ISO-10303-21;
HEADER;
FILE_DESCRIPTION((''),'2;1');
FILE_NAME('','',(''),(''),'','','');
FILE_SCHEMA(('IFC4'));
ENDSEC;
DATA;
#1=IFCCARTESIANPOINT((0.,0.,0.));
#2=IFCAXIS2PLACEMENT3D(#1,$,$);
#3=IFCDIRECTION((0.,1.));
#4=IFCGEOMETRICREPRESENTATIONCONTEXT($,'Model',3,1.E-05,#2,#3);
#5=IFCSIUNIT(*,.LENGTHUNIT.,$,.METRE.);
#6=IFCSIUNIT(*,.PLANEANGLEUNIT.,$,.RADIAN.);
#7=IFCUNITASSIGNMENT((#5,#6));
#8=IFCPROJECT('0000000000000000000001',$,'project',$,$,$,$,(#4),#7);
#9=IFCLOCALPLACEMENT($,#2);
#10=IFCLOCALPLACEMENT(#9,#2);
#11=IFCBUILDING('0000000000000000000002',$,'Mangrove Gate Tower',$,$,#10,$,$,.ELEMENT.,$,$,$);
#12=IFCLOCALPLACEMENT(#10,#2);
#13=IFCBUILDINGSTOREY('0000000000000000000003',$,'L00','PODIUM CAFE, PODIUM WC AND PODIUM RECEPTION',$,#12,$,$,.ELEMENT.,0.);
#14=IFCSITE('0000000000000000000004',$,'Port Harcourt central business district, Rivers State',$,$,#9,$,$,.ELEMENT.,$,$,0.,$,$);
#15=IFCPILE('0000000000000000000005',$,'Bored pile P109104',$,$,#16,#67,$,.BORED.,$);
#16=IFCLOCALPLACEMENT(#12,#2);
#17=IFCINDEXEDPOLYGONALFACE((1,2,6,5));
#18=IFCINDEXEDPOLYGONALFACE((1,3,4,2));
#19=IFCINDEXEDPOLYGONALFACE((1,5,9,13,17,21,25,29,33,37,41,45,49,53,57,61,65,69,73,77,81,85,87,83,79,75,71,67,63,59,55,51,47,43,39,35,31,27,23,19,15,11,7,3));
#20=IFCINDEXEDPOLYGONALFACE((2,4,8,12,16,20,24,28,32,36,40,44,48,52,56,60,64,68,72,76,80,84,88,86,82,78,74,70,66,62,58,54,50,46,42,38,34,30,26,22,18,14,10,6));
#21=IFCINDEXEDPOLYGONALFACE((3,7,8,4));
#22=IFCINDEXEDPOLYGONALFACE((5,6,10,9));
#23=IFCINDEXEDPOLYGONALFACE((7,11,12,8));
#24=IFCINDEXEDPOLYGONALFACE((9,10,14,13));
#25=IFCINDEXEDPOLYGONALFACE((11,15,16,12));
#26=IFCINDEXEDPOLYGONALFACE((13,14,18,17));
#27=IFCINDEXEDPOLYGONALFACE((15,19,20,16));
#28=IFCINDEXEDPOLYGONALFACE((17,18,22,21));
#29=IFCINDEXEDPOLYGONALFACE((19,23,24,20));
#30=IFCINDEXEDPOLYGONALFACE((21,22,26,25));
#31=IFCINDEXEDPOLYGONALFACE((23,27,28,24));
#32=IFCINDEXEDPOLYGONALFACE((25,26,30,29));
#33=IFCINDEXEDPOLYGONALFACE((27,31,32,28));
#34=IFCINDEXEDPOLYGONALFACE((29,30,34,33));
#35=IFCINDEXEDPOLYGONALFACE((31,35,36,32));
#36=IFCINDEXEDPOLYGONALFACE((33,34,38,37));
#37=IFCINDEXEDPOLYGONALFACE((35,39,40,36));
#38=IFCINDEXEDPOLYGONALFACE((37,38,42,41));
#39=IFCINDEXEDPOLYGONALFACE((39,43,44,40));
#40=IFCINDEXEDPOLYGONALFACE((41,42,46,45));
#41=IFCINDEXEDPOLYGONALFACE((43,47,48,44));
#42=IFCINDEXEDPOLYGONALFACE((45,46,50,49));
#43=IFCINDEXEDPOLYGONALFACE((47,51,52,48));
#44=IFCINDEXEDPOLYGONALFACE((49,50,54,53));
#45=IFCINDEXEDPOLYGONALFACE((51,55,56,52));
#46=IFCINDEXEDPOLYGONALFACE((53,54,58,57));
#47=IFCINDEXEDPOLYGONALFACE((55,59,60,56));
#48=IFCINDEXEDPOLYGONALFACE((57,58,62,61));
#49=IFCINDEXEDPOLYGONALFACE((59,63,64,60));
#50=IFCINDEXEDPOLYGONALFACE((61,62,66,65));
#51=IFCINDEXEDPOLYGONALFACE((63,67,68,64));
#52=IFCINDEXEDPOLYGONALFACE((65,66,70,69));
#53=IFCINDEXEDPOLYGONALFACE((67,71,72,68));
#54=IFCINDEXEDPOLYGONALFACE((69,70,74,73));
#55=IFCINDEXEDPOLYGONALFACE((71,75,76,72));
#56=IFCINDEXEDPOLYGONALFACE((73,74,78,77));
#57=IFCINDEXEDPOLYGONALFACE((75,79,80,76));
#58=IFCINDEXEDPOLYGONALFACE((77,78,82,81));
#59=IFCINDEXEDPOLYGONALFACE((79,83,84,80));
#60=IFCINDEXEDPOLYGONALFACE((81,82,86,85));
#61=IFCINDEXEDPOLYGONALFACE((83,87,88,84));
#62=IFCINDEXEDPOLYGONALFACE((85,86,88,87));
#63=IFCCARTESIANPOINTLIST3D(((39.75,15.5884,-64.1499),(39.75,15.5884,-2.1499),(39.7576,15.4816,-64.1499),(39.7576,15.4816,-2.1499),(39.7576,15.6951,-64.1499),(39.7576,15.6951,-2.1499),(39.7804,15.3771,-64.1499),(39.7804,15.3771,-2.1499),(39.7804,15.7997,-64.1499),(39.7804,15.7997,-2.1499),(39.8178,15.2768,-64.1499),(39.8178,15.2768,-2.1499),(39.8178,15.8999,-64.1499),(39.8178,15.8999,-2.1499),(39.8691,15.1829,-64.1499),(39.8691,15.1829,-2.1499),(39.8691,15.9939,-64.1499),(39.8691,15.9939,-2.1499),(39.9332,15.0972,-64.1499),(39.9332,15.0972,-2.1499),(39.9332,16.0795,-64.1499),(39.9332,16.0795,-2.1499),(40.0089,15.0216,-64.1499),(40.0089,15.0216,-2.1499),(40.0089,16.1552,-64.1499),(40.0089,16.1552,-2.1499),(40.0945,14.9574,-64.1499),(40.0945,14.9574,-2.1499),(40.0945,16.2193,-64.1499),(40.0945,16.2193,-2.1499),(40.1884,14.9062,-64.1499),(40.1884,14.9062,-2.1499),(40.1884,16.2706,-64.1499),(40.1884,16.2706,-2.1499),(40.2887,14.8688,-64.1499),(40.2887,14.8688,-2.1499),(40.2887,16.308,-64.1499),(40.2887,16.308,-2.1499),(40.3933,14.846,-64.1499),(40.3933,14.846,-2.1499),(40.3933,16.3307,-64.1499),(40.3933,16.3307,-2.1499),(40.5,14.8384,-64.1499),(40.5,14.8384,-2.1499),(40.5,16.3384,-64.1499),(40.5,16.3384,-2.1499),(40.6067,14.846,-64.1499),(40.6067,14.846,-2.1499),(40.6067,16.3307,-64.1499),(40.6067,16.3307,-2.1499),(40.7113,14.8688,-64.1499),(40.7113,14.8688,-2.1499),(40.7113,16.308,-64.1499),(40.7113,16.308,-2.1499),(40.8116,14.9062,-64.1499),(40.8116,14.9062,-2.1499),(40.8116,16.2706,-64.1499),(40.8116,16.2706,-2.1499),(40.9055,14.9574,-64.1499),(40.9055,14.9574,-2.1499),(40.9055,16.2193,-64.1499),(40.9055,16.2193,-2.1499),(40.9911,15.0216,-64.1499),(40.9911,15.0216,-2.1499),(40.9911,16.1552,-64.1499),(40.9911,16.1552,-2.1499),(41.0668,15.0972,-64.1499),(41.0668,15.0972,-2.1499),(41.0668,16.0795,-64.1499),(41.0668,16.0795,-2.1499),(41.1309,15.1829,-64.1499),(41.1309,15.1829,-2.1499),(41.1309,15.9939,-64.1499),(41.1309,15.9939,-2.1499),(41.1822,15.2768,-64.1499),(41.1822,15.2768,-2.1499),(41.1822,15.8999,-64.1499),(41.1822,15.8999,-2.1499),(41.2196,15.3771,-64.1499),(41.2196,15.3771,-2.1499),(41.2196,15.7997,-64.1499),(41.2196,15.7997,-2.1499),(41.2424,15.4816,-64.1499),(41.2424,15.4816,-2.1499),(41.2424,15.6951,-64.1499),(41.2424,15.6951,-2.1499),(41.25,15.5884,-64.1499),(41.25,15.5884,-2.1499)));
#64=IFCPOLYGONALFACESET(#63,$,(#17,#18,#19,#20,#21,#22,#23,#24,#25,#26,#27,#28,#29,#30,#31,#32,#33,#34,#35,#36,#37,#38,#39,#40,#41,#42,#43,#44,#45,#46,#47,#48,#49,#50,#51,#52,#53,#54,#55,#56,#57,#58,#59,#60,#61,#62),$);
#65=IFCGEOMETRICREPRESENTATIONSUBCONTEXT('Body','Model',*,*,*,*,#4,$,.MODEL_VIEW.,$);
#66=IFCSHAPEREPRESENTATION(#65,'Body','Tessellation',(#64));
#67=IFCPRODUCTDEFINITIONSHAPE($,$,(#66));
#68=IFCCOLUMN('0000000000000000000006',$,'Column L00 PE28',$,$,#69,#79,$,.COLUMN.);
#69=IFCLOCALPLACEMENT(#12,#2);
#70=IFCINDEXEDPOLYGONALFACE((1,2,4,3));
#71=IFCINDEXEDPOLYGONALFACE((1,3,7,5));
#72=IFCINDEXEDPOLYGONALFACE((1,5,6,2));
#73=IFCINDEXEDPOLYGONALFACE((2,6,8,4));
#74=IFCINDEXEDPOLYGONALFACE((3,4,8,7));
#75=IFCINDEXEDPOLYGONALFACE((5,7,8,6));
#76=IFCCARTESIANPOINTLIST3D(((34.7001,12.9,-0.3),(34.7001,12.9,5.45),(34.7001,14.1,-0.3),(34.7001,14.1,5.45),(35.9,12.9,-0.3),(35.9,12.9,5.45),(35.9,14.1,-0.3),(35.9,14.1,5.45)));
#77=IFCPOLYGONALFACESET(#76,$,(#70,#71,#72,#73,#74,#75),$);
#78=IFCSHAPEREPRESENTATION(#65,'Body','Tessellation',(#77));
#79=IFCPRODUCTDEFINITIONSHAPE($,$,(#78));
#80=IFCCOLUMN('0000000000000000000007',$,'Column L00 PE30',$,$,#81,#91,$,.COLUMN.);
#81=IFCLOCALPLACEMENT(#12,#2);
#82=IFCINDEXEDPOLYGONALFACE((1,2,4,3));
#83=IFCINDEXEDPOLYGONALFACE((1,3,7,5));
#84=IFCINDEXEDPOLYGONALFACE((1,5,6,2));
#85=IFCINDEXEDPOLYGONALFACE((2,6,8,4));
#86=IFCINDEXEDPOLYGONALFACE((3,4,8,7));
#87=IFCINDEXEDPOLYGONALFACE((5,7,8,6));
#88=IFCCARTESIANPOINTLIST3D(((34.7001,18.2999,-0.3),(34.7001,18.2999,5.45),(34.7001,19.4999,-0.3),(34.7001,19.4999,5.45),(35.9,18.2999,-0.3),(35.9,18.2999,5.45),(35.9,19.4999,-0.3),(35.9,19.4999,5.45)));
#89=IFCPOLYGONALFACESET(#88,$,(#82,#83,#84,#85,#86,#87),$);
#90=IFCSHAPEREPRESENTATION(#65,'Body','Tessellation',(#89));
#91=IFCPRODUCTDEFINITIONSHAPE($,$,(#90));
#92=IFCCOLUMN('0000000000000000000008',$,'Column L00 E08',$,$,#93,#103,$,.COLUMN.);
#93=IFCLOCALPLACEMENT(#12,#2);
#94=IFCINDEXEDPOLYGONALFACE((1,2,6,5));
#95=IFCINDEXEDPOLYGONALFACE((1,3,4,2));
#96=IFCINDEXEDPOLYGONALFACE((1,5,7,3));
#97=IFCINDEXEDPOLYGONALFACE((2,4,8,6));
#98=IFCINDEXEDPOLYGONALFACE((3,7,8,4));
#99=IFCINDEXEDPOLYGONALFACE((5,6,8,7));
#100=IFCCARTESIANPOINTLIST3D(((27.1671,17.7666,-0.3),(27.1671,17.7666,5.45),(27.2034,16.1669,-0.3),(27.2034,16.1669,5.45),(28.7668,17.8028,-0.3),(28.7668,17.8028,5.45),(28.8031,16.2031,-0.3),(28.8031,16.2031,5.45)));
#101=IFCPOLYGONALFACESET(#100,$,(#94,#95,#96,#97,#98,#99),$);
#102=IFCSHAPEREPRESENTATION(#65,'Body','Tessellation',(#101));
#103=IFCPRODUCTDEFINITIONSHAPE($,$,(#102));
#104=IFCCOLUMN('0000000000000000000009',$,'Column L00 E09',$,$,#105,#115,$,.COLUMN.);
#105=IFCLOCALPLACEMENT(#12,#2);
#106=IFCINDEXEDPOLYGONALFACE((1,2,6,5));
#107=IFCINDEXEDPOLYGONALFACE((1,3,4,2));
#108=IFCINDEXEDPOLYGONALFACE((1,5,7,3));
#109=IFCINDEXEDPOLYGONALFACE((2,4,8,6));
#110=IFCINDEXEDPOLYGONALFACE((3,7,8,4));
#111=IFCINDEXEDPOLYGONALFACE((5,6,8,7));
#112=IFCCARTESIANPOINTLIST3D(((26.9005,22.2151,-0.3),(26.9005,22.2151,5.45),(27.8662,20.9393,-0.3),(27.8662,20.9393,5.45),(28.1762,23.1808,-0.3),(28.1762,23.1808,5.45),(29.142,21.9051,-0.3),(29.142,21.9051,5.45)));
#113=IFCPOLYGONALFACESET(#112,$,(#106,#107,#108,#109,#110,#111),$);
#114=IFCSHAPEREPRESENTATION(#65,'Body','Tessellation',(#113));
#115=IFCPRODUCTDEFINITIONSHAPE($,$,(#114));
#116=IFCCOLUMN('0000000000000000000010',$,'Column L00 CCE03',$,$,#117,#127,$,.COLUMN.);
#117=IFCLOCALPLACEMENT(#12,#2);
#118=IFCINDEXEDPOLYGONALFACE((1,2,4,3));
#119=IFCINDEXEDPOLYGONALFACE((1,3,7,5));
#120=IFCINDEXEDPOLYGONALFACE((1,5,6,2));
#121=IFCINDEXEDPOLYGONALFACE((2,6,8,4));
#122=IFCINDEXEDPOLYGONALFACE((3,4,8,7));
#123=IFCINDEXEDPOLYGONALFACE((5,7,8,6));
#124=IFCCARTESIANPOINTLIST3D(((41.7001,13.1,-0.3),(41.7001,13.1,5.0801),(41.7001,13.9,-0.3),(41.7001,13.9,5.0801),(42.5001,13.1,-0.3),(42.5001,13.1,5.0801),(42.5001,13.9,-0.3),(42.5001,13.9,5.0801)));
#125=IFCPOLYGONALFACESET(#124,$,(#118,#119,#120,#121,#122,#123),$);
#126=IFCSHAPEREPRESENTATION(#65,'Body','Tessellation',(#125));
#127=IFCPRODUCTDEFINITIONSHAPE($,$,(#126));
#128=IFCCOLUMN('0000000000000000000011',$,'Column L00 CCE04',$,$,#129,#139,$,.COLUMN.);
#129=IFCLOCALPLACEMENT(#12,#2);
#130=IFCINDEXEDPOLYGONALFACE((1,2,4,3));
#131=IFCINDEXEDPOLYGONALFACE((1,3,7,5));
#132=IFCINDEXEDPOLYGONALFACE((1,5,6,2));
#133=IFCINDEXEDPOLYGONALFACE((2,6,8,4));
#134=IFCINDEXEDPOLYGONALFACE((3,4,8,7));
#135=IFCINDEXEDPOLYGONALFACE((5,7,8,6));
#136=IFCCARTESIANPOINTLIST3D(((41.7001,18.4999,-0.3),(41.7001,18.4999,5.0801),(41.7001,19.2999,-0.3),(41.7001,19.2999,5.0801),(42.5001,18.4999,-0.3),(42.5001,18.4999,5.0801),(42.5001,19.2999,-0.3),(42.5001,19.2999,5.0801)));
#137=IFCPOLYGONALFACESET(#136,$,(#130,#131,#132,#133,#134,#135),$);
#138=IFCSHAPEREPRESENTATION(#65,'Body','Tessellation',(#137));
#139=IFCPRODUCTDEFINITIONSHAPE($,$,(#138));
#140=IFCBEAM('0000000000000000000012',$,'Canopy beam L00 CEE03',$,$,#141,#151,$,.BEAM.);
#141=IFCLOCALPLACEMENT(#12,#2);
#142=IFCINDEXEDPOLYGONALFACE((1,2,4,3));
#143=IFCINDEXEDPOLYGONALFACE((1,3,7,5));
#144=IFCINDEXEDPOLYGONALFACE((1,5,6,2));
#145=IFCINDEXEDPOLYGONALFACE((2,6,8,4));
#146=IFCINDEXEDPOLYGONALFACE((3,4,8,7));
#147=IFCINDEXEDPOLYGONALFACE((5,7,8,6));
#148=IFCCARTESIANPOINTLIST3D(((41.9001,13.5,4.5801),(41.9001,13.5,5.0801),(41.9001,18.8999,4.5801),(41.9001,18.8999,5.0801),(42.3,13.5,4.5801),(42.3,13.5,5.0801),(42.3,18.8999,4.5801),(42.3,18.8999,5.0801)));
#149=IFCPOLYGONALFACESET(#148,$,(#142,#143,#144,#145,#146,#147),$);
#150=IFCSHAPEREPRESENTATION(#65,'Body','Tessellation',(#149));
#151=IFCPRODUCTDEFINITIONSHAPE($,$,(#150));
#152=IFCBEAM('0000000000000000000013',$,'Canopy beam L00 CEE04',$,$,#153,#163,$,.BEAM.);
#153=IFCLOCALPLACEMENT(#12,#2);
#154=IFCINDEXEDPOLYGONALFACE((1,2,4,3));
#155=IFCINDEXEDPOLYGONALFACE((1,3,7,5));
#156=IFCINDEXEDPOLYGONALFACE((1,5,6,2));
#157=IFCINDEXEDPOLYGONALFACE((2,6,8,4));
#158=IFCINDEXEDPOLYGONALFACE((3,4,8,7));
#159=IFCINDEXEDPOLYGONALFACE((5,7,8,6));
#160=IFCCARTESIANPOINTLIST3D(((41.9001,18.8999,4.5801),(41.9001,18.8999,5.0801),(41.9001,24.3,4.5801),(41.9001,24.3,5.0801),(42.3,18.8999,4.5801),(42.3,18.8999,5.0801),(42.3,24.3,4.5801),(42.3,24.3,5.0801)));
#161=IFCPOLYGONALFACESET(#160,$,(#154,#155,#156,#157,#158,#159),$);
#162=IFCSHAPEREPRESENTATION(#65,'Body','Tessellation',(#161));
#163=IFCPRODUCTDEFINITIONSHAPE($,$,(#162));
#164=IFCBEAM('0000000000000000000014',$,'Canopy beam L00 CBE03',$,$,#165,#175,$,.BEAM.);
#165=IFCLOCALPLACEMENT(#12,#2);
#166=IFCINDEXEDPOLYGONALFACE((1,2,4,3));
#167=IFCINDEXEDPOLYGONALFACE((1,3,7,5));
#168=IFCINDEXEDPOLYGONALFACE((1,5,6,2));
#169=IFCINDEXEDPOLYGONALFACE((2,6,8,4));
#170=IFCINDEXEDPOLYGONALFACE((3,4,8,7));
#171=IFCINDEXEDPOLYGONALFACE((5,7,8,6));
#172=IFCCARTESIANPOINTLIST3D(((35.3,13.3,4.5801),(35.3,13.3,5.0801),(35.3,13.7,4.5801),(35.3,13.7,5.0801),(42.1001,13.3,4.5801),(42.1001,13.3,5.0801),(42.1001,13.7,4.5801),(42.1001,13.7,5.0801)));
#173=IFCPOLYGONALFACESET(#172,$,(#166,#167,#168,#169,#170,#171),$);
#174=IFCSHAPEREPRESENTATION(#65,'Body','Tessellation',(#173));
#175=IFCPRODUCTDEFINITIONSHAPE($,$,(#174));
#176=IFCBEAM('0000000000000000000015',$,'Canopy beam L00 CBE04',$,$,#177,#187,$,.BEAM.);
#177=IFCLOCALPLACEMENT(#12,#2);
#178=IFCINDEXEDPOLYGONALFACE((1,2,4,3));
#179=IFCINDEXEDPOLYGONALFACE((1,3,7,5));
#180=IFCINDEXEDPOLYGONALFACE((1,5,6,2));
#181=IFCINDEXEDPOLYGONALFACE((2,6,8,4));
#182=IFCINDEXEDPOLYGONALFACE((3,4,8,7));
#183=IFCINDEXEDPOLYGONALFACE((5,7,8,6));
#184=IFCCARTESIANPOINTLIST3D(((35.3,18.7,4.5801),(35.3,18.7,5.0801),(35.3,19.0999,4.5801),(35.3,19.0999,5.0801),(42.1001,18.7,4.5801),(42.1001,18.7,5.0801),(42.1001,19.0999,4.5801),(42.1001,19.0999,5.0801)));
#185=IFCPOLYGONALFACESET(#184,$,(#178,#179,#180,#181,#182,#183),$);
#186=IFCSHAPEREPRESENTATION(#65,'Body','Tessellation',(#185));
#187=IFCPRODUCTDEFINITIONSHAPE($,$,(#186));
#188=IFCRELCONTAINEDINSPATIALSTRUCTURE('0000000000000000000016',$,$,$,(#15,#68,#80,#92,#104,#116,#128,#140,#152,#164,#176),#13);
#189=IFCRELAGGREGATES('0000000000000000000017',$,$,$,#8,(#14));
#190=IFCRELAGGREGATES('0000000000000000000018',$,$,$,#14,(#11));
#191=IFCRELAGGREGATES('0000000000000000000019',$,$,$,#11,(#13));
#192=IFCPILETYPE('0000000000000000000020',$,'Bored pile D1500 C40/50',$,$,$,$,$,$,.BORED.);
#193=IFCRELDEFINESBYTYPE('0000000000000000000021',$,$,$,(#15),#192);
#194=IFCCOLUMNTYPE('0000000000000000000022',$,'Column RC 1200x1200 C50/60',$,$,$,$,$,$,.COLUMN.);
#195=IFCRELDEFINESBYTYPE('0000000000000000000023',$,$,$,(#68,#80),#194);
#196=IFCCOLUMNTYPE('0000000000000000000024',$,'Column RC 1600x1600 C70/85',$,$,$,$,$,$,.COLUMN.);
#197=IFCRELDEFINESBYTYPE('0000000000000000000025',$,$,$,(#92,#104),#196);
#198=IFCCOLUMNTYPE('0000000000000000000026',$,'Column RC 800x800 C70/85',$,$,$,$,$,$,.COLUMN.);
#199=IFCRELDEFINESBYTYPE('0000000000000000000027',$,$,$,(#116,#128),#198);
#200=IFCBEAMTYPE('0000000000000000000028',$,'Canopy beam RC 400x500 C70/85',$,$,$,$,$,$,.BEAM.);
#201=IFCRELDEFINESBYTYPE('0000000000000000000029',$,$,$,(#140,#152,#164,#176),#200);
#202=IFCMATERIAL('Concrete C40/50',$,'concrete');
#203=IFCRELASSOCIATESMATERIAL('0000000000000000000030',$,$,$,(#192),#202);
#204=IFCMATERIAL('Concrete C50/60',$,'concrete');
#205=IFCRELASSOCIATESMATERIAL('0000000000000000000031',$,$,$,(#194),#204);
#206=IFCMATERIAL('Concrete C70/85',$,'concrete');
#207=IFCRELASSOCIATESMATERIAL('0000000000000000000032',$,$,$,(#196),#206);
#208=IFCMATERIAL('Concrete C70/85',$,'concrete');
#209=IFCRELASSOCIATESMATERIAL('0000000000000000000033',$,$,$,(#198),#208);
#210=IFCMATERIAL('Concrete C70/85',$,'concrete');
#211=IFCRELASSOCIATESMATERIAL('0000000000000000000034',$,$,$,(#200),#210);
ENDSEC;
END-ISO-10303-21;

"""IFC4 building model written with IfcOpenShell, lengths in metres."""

from ifc_helpers import new_model, si_unit, direction, frame, origin, origin_2d, place, context, subcontext, project, spatial, rectangle, circle, extrude, material, material_profile, profile_set, type_object, element, save


model = new_model("IFC4")

# Units and contexts
model_context = context("Model", 3, precision=1e-05, world=origin(), true_north=direction((0.0, 1.0)))
body_context = subcontext(model_context, "Body", "Model", "MODEL_VIEW")
ifc_project = project(units=[si_unit("LENGTHUNIT", "METRE"), si_unit("PLANEANGLEUNIT", "RADIAN")], contexts=[model_context])

# Site, building, storey
site_placement = place(None, origin())
site = spatial("IfcSite", under=ifc_project, at=site_placement, Name="Port Harcourt central business district, Rivers State", CompositionType="ELEMENT", RefElevation=0.0)
building_placement = place(site_placement, origin())
building = spatial("IfcBuilding", under=site, at=building_placement, Name="Mangrove Gate Tower", CompositionType="ELEMENT")
storey_placement = place(building_placement, origin())
storey = spatial("IfcBuildingStorey", under=building, at=storey_placement, Name="L00", Description="PODIUM CAFE, PODIUM WC AND PODIUM RECEPTION", CompositionType="ELEMENT", Elevation=0.0)

# Pile
ifc_material_1 = material(Name="Concrete C40/50", Category="concrete")
ifc_material_profile_1 = material_profile(ifc_material_1, circle(Radius=0.75, at=origin_2d()))
ifc_profile_set_1 = profile_set([ifc_material_profile_1], Name="Concrete C40/50")
pile_type = type_object("IfcPileType", Name="Bored pile D1500 C40/50", PredefinedType="BORED", material=ifc_profile_set_1)
for number, where, z_axis, x_axis, name in (
    (1, (40.5, 15.5884, -2.1499), (0.0, 0.0, -1.0), (1.0, 0.0, 0.0), "Bored pile P109104"),
):
    element("IfcPile", number, at=place(storey_placement, frame(where, z_axis=z_axis, x_axis=x_axis)), inside=storey, type_object=pile_type, Name=name, PredefinedType="BORED", context=body_context, shape_type="SweptSolid", body=[
        extrude(circle(Radius=0.75, at=origin_2d()), origin(), (0.0, 0.0, 1.0), 62.0),
    ])

# Columns
ifc_material_2 = material(Name="Concrete C50/60", Category="concrete")
ifc_material_profile_2 = material_profile(ifc_material_2, rectangle(XDim=1.2, YDim=1.2, at=origin_2d()))
ifc_profile_set_2 = profile_set([ifc_material_profile_2], Name="Concrete C50/60")
column_type_1 = type_object("IfcColumnType", Name="Column RC 1200x1200 C50/60", PredefinedType="COLUMN", material=ifc_profile_set_2)
for number, where, z_axis, x_axis, name in (
    (2, (35.3, 13.5, -0.3), (0.0, 0.0, 1.0), (1.0, 0.0, 0.0), "Column L00 PE28"),
    (3, (35.3, 18.8999, -0.3), (0.0, 0.0, 1.0), (1.0, 0.0, 0.0), "Column L00 PE30"),
):
    element("IfcColumn", number, at=place(storey_placement, frame(where, z_axis=z_axis, x_axis=x_axis)), inside=storey, type_object=column_type_1, Name=name, PredefinedType="COLUMN", context=body_context, shape_type="SweptSolid", body=[
        extrude(rectangle(XDim=1.2, YDim=1.2, at=origin_2d()), origin(), (0.0, 0.0, 1.0), 5.75),
    ])
ifc_material_3 = material(Name="Concrete C70/85", Category="concrete")
ifc_material_profile_3 = material_profile(ifc_material_3, rectangle(XDim=1.6001, YDim=1.6001, at=origin_2d()))
ifc_profile_set_3 = profile_set([ifc_material_profile_3], Name="Concrete C70/85")
column_type_2 = type_object("IfcColumnType", Name="Column RC 1600x1600 C70/85", PredefinedType="COLUMN", material=ifc_profile_set_3)
for number, where, z_axis, x_axis, name in (
    (4, (27.9851, 16.9849, -0.3), (0.0, 0.0, 1.0), (-0.022646, 0.999744, 0.0), "Column L00 E08"),
    (5, (28.0212, 22.0601, -0.3), (0.0, 0.0, 1.0), (-0.603576, 0.797306, 0.0), "Column L00 E09"),
):
    element("IfcColumn", number, at=place(storey_placement, frame(where, z_axis=z_axis, x_axis=x_axis)), inside=storey, type_object=column_type_2, Name=name, PredefinedType="COLUMN", context=body_context, shape_type="SweptSolid", body=[
        extrude(rectangle(XDim=1.6001, YDim=1.6001, at=origin_2d()), origin(), (0.0, 0.0, 1.0), 5.75),
    ])
ifc_material_4 = material(Name="Concrete C70/85", Category="concrete")
ifc_material_profile_4 = material_profile(ifc_material_4, rectangle(XDim=0.8, YDim=0.8, at=origin_2d()))
ifc_profile_set_4 = profile_set([ifc_material_profile_4], Name="Concrete C70/85")
column_type_3 = type_object("IfcColumnType", Name="Column RC 800x800 C70/85", PredefinedType="COLUMN", material=ifc_profile_set_4)
for number, where, z_axis, x_axis, name in (
    (6, (42.1001, 13.5, -0.3), (0.0, 0.0, 1.0), (1.0, 0.0, 0.0), "Column L00 CCE03"),
    (7, (42.1001, 18.8999, -0.3), (0.0, 0.0, 1.0), (1.0, 0.0, 0.0), "Column L00 CCE04"),
):
    element("IfcColumn", number, at=place(storey_placement, frame(where, z_axis=z_axis, x_axis=x_axis)), inside=storey, type_object=column_type_3, Name=name, PredefinedType="COLUMN", context=body_context, shape_type="SweptSolid", body=[
        extrude(rectangle(XDim=0.8, YDim=0.8, at=origin_2d()), origin(), (0.0, 0.0, 1.0), 5.3801),
    ])

# Beams
ifc_material_5 = material(Name="Concrete C70/85", Category="concrete")
ifc_material_profile_5 = material_profile(ifc_material_5, rectangle(XDim=0.3999, YDim=0.5, at=origin_2d()))
ifc_profile_set_5 = profile_set([ifc_material_profile_5], Name="Concrete C70/85")
beam_type = type_object("IfcBeamType", Name="Canopy beam RC 400x500 C70/85", PredefinedType="BEAM", material=ifc_profile_set_5)
beam_1_placement = place(storey_placement, frame((42.1001, 13.5, 4.8301), z_axis=(0.0, 1.0, 0.0), x_axis=(-1.0, 0.0, 0.0)))
element("IfcBeam", 8, at=beam_1_placement, inside=storey, type_object=beam_type, Name="Canopy beam L00 CEE03", PredefinedType="BEAM", context=body_context, shape_type="SweptSolid", body=[
    extrude(rectangle(XDim=0.3999, YDim=0.5, at=origin_2d()), origin(), (0.0, 0.0, 1.0), 5.3999),
])
beam_2_placement = place(storey_placement, frame((42.1001, 18.8999, 4.8301), z_axis=(0.0, 1.0, 0.0), x_axis=(-1.0, 0.0, 0.0)))
element("IfcBeam", 9, at=beam_2_placement, inside=storey, type_object=beam_type, Name="Canopy beam L00 CEE04", PredefinedType="BEAM", context=body_context, shape_type="SweptSolid", body=[
    extrude(rectangle(XDim=0.3999, YDim=0.5, at=origin_2d()), origin(), (0.0, 0.0, 1.0), 5.4001),
])
for number, where, z_axis, x_axis, name in (
    (10, (35.3, 13.5, 4.8301), (1.0, 0.0, 0.0), (0.0, 1.0, 0.0), "Canopy beam L00 CBE03"),
    (11, (35.3, 18.8999, 4.8301), (1.0, 0.0, 0.0), (0.0, 1.0, 0.0), "Canopy beam L00 CBE04"),
):
    element("IfcBeam", number, at=place(storey_placement, frame(where, z_axis=z_axis, x_axis=x_axis)), inside=storey, type_object=beam_type, Name=name, PredefinedType="BEAM", context=body_context, shape_type="SweptSolid", body=[
        extrude(rectangle(XDim=0.3999, YDim=0.5, at=origin_2d()), origin(), (0.0, 0.0, 1.0), 6.8),
    ])

save(model, "model.ifc")
